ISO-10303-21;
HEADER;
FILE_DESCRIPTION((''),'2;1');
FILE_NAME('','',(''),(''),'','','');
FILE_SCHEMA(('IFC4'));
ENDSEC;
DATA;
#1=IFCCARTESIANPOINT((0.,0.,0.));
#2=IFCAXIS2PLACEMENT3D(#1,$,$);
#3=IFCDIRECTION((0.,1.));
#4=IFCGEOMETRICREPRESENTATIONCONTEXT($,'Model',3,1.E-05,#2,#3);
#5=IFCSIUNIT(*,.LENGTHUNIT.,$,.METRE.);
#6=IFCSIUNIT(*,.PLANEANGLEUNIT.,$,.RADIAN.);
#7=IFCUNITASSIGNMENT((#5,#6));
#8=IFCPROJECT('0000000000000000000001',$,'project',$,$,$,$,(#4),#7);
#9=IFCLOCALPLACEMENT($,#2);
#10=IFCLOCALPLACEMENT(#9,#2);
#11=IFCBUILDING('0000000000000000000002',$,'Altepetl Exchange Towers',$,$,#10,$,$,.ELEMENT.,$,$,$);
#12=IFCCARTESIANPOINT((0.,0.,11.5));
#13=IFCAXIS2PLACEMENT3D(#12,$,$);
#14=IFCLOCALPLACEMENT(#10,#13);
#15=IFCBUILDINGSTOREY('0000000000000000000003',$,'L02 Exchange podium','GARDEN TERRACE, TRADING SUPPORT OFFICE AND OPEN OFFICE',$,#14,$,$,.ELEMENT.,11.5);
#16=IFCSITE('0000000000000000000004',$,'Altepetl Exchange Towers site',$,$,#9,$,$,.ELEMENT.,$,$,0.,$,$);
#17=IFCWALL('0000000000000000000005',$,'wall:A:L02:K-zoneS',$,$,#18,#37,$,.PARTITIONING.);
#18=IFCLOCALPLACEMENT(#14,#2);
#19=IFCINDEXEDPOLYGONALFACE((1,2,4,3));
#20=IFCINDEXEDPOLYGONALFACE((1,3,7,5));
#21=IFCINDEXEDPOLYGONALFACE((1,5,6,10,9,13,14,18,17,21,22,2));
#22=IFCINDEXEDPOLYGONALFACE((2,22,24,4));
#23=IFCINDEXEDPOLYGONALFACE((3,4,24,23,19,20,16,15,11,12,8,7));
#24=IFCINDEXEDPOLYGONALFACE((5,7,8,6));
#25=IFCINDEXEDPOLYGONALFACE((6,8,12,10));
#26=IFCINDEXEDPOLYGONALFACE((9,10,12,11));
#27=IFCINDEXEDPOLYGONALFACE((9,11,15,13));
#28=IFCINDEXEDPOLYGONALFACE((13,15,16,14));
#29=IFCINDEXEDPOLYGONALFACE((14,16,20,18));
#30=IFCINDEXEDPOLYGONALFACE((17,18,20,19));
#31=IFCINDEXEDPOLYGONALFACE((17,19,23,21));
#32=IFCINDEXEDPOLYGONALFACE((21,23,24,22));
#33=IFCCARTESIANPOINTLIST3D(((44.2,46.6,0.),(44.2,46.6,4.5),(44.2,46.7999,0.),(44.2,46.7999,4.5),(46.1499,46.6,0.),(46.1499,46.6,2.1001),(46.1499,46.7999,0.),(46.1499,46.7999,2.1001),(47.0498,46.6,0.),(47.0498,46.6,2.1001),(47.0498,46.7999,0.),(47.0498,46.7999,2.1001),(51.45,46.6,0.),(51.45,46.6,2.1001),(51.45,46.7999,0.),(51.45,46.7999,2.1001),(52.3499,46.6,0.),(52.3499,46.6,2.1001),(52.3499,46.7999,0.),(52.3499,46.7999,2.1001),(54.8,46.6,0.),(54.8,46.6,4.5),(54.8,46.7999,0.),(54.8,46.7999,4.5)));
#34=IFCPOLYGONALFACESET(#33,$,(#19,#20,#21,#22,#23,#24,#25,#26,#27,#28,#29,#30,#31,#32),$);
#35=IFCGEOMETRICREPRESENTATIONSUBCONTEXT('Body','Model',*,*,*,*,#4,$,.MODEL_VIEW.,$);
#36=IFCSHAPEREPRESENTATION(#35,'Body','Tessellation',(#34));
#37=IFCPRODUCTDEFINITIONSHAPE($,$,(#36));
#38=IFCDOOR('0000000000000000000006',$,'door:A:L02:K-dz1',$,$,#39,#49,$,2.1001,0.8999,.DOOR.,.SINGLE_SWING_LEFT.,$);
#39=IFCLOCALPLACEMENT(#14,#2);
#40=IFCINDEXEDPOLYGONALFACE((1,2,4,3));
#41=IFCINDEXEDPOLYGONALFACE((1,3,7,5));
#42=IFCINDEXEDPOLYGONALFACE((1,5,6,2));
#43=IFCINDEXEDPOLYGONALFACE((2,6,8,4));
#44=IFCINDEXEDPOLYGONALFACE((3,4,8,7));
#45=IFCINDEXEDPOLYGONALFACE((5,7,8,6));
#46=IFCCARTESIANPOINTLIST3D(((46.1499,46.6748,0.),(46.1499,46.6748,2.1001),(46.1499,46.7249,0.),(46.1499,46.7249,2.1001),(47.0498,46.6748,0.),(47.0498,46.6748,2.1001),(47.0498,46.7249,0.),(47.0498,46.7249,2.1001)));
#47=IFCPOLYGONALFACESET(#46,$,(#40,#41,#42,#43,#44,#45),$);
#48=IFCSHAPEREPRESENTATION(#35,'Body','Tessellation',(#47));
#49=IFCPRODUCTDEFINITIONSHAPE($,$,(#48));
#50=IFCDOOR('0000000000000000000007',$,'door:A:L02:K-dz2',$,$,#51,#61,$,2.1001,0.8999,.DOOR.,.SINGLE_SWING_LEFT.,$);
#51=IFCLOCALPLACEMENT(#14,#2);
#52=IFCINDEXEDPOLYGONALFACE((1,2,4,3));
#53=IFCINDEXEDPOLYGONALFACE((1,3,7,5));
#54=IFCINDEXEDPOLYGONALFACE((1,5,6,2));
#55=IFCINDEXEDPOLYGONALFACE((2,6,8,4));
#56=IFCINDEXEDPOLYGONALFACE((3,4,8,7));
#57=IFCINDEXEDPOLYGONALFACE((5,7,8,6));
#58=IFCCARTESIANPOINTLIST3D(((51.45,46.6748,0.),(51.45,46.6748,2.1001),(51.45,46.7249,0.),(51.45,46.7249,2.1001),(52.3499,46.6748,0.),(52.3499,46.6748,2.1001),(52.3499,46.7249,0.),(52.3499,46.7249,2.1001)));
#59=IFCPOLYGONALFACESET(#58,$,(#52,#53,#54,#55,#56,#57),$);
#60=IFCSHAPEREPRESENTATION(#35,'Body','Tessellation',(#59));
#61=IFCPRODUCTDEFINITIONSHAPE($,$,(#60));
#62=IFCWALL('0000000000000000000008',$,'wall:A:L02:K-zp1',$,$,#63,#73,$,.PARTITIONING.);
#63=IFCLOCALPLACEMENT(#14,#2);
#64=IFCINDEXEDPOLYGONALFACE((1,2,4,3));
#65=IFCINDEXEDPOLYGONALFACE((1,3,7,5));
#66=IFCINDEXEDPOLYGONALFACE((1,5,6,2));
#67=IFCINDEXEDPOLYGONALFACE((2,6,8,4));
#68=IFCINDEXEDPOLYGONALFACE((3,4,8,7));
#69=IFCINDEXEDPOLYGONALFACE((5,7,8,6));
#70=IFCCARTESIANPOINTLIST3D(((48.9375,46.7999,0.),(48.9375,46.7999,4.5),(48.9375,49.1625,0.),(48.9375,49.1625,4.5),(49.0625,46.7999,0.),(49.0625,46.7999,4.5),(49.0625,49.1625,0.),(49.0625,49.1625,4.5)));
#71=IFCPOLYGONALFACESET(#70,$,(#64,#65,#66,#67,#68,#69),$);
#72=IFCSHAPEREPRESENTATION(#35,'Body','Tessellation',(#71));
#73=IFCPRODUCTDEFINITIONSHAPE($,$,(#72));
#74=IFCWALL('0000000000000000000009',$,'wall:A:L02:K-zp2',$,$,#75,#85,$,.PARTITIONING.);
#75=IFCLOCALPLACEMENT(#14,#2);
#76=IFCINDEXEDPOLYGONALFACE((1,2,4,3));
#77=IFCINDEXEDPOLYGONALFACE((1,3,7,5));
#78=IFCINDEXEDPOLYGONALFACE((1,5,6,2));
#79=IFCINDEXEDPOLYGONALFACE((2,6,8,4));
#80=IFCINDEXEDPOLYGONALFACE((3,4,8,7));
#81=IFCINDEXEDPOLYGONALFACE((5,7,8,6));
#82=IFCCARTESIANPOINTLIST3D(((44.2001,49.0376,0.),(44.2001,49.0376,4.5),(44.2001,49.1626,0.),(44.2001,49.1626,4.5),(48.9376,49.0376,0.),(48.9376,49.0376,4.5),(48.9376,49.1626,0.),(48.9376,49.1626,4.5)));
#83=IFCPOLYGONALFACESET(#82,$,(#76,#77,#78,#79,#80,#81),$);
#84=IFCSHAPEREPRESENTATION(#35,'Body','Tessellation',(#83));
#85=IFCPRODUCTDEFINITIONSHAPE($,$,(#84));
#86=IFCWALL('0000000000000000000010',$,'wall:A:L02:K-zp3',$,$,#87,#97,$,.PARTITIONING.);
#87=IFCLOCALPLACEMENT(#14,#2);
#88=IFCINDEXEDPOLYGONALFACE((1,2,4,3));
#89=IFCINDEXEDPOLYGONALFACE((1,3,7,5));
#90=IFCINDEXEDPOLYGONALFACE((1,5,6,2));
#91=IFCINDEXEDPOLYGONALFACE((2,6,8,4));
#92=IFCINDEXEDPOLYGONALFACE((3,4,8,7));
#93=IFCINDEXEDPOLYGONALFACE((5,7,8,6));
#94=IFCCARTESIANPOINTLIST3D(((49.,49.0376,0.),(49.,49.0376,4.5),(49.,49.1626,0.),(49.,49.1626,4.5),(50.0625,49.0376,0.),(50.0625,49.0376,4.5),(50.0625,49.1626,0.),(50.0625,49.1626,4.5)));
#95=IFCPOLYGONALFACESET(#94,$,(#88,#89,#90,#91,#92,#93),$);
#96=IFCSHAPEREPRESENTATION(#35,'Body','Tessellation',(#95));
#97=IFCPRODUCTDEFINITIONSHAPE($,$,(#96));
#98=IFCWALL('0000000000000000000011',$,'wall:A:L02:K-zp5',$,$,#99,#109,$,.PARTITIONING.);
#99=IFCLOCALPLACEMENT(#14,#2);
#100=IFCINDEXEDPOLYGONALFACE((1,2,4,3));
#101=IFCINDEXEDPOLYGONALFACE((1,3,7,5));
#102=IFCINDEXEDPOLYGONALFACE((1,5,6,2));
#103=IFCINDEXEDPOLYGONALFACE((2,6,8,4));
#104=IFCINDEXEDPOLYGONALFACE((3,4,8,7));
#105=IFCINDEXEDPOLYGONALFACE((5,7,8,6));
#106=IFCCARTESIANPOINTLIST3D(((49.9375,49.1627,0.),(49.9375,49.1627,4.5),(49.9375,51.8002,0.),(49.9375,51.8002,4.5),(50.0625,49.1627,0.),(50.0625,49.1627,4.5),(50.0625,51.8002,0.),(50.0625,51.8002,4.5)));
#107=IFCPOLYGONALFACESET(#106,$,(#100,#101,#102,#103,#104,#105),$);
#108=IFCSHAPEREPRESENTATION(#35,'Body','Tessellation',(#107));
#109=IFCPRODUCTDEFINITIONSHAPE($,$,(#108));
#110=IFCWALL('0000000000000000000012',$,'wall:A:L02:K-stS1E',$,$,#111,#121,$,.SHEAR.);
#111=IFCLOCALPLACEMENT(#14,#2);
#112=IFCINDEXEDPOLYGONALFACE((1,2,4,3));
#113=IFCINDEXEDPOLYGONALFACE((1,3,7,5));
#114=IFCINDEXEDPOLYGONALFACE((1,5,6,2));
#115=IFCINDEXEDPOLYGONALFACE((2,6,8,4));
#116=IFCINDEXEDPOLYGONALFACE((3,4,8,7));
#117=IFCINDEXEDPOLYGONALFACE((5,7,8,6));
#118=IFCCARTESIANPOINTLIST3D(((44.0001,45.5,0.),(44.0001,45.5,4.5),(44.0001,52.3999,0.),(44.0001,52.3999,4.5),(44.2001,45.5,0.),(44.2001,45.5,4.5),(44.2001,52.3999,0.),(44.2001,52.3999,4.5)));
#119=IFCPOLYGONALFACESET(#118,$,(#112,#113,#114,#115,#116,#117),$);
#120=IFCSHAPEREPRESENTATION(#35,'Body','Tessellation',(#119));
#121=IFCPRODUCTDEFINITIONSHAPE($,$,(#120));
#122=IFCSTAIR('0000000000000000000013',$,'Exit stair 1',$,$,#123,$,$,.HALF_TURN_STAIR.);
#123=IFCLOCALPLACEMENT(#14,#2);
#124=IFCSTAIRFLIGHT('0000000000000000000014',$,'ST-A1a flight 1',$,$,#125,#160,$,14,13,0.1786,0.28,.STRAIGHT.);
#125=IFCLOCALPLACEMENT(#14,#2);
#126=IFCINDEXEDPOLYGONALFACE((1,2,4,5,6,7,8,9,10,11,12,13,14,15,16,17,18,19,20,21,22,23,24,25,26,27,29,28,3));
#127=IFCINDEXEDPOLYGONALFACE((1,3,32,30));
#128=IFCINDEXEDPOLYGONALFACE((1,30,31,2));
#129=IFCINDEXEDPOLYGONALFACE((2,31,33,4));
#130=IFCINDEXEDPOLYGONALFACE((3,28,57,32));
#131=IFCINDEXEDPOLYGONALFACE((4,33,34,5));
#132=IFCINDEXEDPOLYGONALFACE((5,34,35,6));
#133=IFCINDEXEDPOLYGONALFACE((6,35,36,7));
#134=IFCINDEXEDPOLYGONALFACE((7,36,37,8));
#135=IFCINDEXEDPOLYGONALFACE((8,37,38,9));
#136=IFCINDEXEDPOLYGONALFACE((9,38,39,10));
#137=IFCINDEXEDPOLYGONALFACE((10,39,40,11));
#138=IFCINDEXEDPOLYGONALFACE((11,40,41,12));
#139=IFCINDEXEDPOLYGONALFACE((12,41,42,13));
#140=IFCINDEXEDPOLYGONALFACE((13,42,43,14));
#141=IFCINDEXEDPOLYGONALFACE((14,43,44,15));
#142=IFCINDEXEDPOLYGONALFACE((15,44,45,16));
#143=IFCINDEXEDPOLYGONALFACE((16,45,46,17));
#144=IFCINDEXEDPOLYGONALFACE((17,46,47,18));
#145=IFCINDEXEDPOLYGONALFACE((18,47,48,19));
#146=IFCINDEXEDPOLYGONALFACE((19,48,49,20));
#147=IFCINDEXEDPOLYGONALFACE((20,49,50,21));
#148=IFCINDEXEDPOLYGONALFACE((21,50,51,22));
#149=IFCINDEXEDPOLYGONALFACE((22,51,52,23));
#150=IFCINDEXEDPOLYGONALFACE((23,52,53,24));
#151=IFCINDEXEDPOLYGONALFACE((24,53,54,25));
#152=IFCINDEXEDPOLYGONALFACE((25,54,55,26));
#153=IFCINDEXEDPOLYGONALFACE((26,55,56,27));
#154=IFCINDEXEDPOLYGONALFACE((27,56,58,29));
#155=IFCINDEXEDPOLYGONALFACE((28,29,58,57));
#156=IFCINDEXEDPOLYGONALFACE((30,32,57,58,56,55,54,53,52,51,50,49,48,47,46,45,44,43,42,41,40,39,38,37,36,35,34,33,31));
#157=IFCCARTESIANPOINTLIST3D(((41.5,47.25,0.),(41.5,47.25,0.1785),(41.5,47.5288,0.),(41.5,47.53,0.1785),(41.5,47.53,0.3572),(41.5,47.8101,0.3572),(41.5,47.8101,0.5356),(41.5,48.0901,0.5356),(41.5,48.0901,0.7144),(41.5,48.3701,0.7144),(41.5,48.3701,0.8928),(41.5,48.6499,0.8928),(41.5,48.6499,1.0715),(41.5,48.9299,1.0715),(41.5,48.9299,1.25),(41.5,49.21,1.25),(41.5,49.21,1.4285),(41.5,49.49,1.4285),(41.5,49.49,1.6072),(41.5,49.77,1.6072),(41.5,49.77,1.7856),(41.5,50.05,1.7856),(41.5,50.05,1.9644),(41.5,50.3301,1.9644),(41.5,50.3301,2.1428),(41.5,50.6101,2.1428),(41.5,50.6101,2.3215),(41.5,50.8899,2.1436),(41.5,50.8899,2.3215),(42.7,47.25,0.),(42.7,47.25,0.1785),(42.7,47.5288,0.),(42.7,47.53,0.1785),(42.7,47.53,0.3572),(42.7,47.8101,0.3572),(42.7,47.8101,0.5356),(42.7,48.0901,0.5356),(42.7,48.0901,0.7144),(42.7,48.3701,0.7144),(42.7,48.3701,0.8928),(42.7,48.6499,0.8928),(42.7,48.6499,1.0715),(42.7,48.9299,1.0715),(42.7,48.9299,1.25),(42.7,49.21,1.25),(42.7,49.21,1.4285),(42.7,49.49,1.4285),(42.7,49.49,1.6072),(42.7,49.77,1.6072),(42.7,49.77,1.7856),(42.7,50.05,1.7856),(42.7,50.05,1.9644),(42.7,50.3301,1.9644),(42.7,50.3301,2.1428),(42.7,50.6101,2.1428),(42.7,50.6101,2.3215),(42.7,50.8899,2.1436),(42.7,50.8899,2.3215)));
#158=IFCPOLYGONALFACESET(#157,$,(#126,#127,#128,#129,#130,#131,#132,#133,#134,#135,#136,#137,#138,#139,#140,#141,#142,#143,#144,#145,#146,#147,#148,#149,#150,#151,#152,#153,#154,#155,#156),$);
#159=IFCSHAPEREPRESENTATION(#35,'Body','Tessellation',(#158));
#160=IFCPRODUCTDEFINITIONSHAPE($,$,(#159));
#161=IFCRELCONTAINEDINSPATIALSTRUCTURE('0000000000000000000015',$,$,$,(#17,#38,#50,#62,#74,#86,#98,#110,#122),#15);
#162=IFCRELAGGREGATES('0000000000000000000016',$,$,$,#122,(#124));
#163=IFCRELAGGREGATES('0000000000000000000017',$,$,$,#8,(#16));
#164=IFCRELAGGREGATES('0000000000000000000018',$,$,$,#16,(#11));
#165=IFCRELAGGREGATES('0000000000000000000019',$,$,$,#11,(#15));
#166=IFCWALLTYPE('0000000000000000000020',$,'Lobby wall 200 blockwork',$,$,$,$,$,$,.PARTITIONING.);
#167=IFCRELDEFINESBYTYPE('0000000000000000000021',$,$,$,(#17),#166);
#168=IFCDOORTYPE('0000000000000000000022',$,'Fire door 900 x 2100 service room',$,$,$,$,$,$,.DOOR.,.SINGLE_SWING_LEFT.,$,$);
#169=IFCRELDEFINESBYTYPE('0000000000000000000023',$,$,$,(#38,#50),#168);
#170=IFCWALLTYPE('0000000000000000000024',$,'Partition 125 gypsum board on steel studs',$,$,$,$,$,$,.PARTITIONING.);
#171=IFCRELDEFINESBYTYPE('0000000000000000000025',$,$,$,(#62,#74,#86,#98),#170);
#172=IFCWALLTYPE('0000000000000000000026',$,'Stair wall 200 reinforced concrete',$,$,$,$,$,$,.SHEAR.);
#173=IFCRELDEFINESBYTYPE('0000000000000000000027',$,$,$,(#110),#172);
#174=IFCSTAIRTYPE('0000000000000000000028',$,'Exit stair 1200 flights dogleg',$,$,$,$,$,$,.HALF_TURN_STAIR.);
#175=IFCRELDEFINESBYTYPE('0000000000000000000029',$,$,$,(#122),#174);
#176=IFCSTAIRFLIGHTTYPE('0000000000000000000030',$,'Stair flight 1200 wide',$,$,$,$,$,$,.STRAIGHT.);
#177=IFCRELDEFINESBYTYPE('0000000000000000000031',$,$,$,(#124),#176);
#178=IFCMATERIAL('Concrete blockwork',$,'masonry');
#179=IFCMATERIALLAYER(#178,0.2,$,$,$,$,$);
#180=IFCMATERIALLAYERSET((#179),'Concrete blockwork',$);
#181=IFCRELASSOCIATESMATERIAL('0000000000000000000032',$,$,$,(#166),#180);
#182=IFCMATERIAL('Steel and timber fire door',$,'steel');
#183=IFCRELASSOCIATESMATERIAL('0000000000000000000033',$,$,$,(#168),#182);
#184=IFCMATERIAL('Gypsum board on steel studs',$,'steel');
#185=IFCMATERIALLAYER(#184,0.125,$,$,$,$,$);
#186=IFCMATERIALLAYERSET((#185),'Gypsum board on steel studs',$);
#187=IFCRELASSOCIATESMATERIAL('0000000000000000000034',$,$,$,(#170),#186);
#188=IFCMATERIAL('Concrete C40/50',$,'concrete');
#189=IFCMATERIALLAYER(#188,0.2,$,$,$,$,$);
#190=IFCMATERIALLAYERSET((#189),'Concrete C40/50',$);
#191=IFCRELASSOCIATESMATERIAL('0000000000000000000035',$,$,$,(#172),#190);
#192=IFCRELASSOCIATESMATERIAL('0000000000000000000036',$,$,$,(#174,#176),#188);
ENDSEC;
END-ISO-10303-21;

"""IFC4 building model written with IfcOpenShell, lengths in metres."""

from ifc_helpers import new_model, si_unit, direction, frame, frame_2d, origin, place, context, subcontext, project, spatial, polyline, rectangle, outline, extrude, material, layer, layer_set, type_object, element, fill, aggregate, save


model = new_model("IFC4")

# Units and contexts
model_context = context("Model", 3, precision=1e-05, world=origin(), true_north=direction((0.0, 1.0)))
body_context = subcontext(model_context, "Body", "Model", "MODEL_VIEW")
ifc_project = project(units=[si_unit("LENGTHUNIT", "METRE"), si_unit("PLANEANGLEUNIT", "RADIAN")], contexts=[model_context])

# Site, building, storey
site_placement = place(None, origin())
site = spatial("IfcSite", under=ifc_project, at=site_placement, Name="Altepetl Exchange Towers site", CompositionType="ELEMENT", RefElevation=0.0)
building_placement = place(site_placement, origin())
building = spatial("IfcBuilding", under=site, at=building_placement, Name="Altepetl Exchange Towers", CompositionType="ELEMENT")
storey_placement = place(building_placement, frame((0.0, 0.0, 11.5)))
storey = spatial("IfcBuildingStorey", under=building, at=storey_placement, Name="L02 Exchange podium", Description="GARDEN TERRACE, TRADING SUPPORT OFFICE AND OPEN OFFICE", CompositionType="ELEMENT", Elevation=11.5)

# Wall, openings, doors
ifc_material_1 = material(Name="Concrete blockwork", Category="masonry")
ifc_layer_1 = layer(ifc_material_1, 0.2)
ifc_layer_set_1 = layer_set([ifc_layer_1], Name="Concrete blockwork")
wall_type_1 = type_object("IfcWallType", Name="Lobby wall 200 blockwork", PredefinedType="PARTITIONING", material=ifc_layer_set_1)
wall_1_placement = place(storey_placement, frame((44.2, 46.7, 0.0)))
wall_1 = element("IfcWall", 1, at=wall_1_placement, inside=storey, type_object=wall_type_1, Name="wall:A:L02:K-zoneS", PredefinedType="PARTITIONING", context=body_context, shape_type="SweptSolid", body=[
    extrude(rectangle(XDim=10.6001, YDim=0.2, at=frame_2d((5.3, 0.0))), origin(), (0.0, 0.0, 1.0), 4.5),
])
opening_1_placement = place(wall_1_placement, frame((1.95, 0.0, 0.0)))
opening_1 = element("IfcOpeningElement", 2, at=opening_1_placement, cuts=wall_1, PredefinedType="OPENING", context=body_context, shape_type="SweptSolid", body=[
    extrude(rectangle(XDim=0.8999, YDim=2.1001, at=frame_2d((0.45, 1.05))), frame((0.0, 0.1099, 0.0), z_axis=(0.0, -1.0, 0.0), x_axis=(1.0, 0.0, 0.0)), (0.0, 0.0, 1.0), 0.22),
])
opening_2_placement = place(wall_1_placement, frame((7.25, 0.0, 0.0)))
opening_2 = element("IfcOpeningElement", 3, at=opening_2_placement, cuts=wall_1, PredefinedType="OPENING", context=body_context, shape_type="SweptSolid", body=[
    extrude(rectangle(XDim=0.8999, YDim=2.1001, at=frame_2d((0.45, 1.05))), frame((0.0, 0.1099, 0.0), z_axis=(0.0, -1.0, 0.0), x_axis=(1.0, 0.0, 0.0)), (0.0, 0.0, 1.0), 0.22),
])
ifc_material_2 = material(Name="Steel and timber fire door", Category="steel")
door_type = type_object("IfcDoorType", Name="Fire door 900 x 2100 service room", OperationType="SINGLE_SWING_LEFT", PredefinedType="DOOR", material=ifc_material_2)
door_1_placement = place(opening_1_placement, origin())
door_1 = element("IfcDoor", 4, at=door_1_placement, inside=storey, type_object=door_type, Name="door:A:L02:K-dz1", OperationType="SINGLE_SWING_LEFT", OverallHeight=2.1001, OverallWidth=0.8999, PredefinedType="DOOR", context=body_context, shape_type="SweptSolid", body=[
    extrude(rectangle(XDim=0.8999, YDim=2.1001, at=frame_2d((0.45, 1.05))), frame((0.0, 0.0249, 0.0), z_axis=(0.0, -1.0, 0.0), x_axis=(1.0, 0.0, 0.0)), (0.0, 0.0, 1.0), 0.05),
])
fill(opening_1, door_1)
door_2_placement = place(opening_2_placement, origin())
door_2 = element("IfcDoor", 5, at=door_2_placement, inside=storey, type_object=door_type, Name="door:A:L02:K-dz2", OperationType="SINGLE_SWING_LEFT", OverallHeight=2.1001, OverallWidth=0.8999, PredefinedType="DOOR", context=body_context, shape_type="SweptSolid", body=[
    extrude(rectangle(XDim=0.8999, YDim=2.1001, at=frame_2d((0.45, 1.05))), frame((0.0, 0.0249, 0.0), z_axis=(0.0, -1.0, 0.0), x_axis=(1.0, 0.0, 0.0)), (0.0, 0.0, 1.0), 0.05),
])
fill(opening_2, door_2)

# Walls
ifc_material_3 = material(Name="Gypsum board on steel studs", Category="steel")
ifc_layer_2 = layer(ifc_material_3, 0.125)
ifc_layer_set_2 = layer_set([ifc_layer_2], Name="Gypsum board on steel studs")
wall_type_2 = type_object("IfcWallType", Name="Partition 125 gypsum board on steel studs", PredefinedType="PARTITIONING", material=ifc_layer_set_2)
wall_2_placement = place(storey_placement, frame((49.0, 46.8, 0.0), z_axis=(0.0, 0.0, 1.0), x_axis=(0.0, 1.0, 0.0)))
element("IfcWall", 6, at=wall_2_placement, inside=storey, type_object=wall_type_2, Name="wall:A:L02:K-zp1", PredefinedType="PARTITIONING", context=body_context, shape_type="SweptSolid", body=[
    extrude(rectangle(XDim=2.3625, YDim=0.125, at=frame_2d((1.1812, 0.0))), origin(), (0.0, 0.0, 1.0), 4.5),
])
wall_3_placement = place(storey_placement, frame((48.9375, 49.1001, 0.0), z_axis=(0.0, 0.0, 1.0), x_axis=(-1.0, 0.0, 0.0)))
element("IfcWall", 7, at=wall_3_placement, inside=storey, type_object=wall_type_2, Name="wall:A:L02:K-zp2", PredefinedType="PARTITIONING", context=body_context, shape_type="SweptSolid", body=[
    extrude(rectangle(XDim=4.7375, YDim=0.125, at=frame_2d((2.3687, 0.0))), origin(), (0.0, 0.0, 1.0), 4.5),
])
wall_4_placement = place(storey_placement, frame((50.0625, 49.1001, 0.0), z_axis=(0.0, 0.0, 1.0), x_axis=(-1.0, 0.0, 0.0)))
element("IfcWall", 8, at=wall_4_placement, inside=storey, type_object=wall_type_2, Name="wall:A:L02:K-zp3", PredefinedType="PARTITIONING", context=body_context, shape_type="SweptSolid", body=[
    extrude(rectangle(XDim=1.0625, YDim=0.125, at=frame_2d((0.5312, 0.0))), origin(), (0.0, 0.0, 1.0), 4.5),
])
wall_5_placement = place(storey_placement, frame((50.0, 49.1626, 0.0), z_axis=(0.0, 0.0, 1.0), x_axis=(0.0, 1.0, 0.0)))
element("IfcWall", 9, at=wall_5_placement, inside=storey, type_object=wall_type_2, Name="wall:A:L02:K-zp5", PredefinedType="PARTITIONING", context=body_context, shape_type="SweptSolid", body=[
    extrude(rectangle(XDim=2.6375, YDim=0.125, at=frame_2d((1.3188, 0.0))), origin(), (0.0, 0.0, 1.0), 4.5),
])
ifc_material_4 = material(Name="Concrete C40/50", Category="concrete")
ifc_layer_3 = layer(ifc_material_4, 0.2)
ifc_layer_set_3 = layer_set([ifc_layer_3], Name="Concrete C40/50")
wall_type_3 = type_object("IfcWallType", Name="Stair wall 200 reinforced concrete", PredefinedType="SHEAR", material=ifc_layer_set_3)
wall_6_placement = place(storey_placement, frame((44.1001, 45.5, 0.0), z_axis=(0.0, 0.0, 1.0), x_axis=(0.0, 1.0, 0.0)))
element("IfcWall", 10, at=wall_6_placement, inside=storey, type_object=wall_type_3, Name="wall:A:L02:K-stS1E", PredefinedType="SHEAR", context=body_context, shape_type="SweptSolid", body=[
    extrude(rectangle(XDim=6.8999, YDim=0.2, at=frame_2d((3.45, 0.0))), origin(), (0.0, 0.0, 1.0), 4.5),
])

# Stair, stair flight
stair_type = type_object("IfcStairType", Name="Exit stair 1200 flights dogleg", PredefinedType="HALF_TURN_STAIR", material=ifc_material_4)
stair_placement = place(storey_placement, origin())
stair = element("IfcStair", 11, at=stair_placement, inside=storey, type_object=stair_type, Name="Exit stair 1", PredefinedType="HALF_TURN_STAIR")
stair_flight_type = type_object("IfcStairFlightType", Name="Stair flight 1200 wide", PredefinedType="STRAIGHT", material=ifc_material_4)
stair_flight_1_placement = place(storey_placement, frame((42.1001, 47.25, 0.0), z_axis=(0.0, 0.0, 1.0), x_axis=(0.0, 1.0, 0.0)))
stair_flight_1 = element("IfcStairFlight", 12, at=stair_flight_1_placement, type_object=stair_flight_type, Name="ST-A1a flight 1", NumberOfRisers=14, NumberOfTreads=13, PredefinedType="STRAIGHT", RiserHeight=0.1786, TreadLength=0.28, context=body_context, shape_type="SweptSolid", body=[
    extrude(outline(polyline([(0.0, 0.0), (0.0, 0.1785), (0.28, 0.1785), (0.28, 0.3572), (0.5601, 0.3572), (0.5601, 0.5356), (0.8401, 0.5356), (0.8401, 0.7144), (1.1201, 0.7144), (1.1201, 0.8928), (1.3999, 0.8928), (1.3999, 1.0715), (1.6799, 1.0715), (1.6799, 1.25), (1.96, 1.25), (1.96, 1.4285), (2.24, 1.4285), (2.24, 1.6072), (2.52, 1.6072), (2.52, 1.7856), (2.8, 1.7856), (2.8, 1.9644), (3.0801, 1.9644), (3.0801, 2.1428), (3.3601, 2.1428), (3.3601, 2.3215), (3.6399, 2.3215), (3.6399, 2.5), (3.6399, 2.1436), (0.2788, 0.0), (0.0, 0.0)])), frame((0.0, 0.6001, 0.0), z_axis=(0.0, -1.0, 0.0), x_axis=(1.0, 0.0, 0.0)), (0.0, 0.0, 1.0), 1.2),
])
aggregate(stair, [stair_flight_1])

save(model, "model.ifc")
